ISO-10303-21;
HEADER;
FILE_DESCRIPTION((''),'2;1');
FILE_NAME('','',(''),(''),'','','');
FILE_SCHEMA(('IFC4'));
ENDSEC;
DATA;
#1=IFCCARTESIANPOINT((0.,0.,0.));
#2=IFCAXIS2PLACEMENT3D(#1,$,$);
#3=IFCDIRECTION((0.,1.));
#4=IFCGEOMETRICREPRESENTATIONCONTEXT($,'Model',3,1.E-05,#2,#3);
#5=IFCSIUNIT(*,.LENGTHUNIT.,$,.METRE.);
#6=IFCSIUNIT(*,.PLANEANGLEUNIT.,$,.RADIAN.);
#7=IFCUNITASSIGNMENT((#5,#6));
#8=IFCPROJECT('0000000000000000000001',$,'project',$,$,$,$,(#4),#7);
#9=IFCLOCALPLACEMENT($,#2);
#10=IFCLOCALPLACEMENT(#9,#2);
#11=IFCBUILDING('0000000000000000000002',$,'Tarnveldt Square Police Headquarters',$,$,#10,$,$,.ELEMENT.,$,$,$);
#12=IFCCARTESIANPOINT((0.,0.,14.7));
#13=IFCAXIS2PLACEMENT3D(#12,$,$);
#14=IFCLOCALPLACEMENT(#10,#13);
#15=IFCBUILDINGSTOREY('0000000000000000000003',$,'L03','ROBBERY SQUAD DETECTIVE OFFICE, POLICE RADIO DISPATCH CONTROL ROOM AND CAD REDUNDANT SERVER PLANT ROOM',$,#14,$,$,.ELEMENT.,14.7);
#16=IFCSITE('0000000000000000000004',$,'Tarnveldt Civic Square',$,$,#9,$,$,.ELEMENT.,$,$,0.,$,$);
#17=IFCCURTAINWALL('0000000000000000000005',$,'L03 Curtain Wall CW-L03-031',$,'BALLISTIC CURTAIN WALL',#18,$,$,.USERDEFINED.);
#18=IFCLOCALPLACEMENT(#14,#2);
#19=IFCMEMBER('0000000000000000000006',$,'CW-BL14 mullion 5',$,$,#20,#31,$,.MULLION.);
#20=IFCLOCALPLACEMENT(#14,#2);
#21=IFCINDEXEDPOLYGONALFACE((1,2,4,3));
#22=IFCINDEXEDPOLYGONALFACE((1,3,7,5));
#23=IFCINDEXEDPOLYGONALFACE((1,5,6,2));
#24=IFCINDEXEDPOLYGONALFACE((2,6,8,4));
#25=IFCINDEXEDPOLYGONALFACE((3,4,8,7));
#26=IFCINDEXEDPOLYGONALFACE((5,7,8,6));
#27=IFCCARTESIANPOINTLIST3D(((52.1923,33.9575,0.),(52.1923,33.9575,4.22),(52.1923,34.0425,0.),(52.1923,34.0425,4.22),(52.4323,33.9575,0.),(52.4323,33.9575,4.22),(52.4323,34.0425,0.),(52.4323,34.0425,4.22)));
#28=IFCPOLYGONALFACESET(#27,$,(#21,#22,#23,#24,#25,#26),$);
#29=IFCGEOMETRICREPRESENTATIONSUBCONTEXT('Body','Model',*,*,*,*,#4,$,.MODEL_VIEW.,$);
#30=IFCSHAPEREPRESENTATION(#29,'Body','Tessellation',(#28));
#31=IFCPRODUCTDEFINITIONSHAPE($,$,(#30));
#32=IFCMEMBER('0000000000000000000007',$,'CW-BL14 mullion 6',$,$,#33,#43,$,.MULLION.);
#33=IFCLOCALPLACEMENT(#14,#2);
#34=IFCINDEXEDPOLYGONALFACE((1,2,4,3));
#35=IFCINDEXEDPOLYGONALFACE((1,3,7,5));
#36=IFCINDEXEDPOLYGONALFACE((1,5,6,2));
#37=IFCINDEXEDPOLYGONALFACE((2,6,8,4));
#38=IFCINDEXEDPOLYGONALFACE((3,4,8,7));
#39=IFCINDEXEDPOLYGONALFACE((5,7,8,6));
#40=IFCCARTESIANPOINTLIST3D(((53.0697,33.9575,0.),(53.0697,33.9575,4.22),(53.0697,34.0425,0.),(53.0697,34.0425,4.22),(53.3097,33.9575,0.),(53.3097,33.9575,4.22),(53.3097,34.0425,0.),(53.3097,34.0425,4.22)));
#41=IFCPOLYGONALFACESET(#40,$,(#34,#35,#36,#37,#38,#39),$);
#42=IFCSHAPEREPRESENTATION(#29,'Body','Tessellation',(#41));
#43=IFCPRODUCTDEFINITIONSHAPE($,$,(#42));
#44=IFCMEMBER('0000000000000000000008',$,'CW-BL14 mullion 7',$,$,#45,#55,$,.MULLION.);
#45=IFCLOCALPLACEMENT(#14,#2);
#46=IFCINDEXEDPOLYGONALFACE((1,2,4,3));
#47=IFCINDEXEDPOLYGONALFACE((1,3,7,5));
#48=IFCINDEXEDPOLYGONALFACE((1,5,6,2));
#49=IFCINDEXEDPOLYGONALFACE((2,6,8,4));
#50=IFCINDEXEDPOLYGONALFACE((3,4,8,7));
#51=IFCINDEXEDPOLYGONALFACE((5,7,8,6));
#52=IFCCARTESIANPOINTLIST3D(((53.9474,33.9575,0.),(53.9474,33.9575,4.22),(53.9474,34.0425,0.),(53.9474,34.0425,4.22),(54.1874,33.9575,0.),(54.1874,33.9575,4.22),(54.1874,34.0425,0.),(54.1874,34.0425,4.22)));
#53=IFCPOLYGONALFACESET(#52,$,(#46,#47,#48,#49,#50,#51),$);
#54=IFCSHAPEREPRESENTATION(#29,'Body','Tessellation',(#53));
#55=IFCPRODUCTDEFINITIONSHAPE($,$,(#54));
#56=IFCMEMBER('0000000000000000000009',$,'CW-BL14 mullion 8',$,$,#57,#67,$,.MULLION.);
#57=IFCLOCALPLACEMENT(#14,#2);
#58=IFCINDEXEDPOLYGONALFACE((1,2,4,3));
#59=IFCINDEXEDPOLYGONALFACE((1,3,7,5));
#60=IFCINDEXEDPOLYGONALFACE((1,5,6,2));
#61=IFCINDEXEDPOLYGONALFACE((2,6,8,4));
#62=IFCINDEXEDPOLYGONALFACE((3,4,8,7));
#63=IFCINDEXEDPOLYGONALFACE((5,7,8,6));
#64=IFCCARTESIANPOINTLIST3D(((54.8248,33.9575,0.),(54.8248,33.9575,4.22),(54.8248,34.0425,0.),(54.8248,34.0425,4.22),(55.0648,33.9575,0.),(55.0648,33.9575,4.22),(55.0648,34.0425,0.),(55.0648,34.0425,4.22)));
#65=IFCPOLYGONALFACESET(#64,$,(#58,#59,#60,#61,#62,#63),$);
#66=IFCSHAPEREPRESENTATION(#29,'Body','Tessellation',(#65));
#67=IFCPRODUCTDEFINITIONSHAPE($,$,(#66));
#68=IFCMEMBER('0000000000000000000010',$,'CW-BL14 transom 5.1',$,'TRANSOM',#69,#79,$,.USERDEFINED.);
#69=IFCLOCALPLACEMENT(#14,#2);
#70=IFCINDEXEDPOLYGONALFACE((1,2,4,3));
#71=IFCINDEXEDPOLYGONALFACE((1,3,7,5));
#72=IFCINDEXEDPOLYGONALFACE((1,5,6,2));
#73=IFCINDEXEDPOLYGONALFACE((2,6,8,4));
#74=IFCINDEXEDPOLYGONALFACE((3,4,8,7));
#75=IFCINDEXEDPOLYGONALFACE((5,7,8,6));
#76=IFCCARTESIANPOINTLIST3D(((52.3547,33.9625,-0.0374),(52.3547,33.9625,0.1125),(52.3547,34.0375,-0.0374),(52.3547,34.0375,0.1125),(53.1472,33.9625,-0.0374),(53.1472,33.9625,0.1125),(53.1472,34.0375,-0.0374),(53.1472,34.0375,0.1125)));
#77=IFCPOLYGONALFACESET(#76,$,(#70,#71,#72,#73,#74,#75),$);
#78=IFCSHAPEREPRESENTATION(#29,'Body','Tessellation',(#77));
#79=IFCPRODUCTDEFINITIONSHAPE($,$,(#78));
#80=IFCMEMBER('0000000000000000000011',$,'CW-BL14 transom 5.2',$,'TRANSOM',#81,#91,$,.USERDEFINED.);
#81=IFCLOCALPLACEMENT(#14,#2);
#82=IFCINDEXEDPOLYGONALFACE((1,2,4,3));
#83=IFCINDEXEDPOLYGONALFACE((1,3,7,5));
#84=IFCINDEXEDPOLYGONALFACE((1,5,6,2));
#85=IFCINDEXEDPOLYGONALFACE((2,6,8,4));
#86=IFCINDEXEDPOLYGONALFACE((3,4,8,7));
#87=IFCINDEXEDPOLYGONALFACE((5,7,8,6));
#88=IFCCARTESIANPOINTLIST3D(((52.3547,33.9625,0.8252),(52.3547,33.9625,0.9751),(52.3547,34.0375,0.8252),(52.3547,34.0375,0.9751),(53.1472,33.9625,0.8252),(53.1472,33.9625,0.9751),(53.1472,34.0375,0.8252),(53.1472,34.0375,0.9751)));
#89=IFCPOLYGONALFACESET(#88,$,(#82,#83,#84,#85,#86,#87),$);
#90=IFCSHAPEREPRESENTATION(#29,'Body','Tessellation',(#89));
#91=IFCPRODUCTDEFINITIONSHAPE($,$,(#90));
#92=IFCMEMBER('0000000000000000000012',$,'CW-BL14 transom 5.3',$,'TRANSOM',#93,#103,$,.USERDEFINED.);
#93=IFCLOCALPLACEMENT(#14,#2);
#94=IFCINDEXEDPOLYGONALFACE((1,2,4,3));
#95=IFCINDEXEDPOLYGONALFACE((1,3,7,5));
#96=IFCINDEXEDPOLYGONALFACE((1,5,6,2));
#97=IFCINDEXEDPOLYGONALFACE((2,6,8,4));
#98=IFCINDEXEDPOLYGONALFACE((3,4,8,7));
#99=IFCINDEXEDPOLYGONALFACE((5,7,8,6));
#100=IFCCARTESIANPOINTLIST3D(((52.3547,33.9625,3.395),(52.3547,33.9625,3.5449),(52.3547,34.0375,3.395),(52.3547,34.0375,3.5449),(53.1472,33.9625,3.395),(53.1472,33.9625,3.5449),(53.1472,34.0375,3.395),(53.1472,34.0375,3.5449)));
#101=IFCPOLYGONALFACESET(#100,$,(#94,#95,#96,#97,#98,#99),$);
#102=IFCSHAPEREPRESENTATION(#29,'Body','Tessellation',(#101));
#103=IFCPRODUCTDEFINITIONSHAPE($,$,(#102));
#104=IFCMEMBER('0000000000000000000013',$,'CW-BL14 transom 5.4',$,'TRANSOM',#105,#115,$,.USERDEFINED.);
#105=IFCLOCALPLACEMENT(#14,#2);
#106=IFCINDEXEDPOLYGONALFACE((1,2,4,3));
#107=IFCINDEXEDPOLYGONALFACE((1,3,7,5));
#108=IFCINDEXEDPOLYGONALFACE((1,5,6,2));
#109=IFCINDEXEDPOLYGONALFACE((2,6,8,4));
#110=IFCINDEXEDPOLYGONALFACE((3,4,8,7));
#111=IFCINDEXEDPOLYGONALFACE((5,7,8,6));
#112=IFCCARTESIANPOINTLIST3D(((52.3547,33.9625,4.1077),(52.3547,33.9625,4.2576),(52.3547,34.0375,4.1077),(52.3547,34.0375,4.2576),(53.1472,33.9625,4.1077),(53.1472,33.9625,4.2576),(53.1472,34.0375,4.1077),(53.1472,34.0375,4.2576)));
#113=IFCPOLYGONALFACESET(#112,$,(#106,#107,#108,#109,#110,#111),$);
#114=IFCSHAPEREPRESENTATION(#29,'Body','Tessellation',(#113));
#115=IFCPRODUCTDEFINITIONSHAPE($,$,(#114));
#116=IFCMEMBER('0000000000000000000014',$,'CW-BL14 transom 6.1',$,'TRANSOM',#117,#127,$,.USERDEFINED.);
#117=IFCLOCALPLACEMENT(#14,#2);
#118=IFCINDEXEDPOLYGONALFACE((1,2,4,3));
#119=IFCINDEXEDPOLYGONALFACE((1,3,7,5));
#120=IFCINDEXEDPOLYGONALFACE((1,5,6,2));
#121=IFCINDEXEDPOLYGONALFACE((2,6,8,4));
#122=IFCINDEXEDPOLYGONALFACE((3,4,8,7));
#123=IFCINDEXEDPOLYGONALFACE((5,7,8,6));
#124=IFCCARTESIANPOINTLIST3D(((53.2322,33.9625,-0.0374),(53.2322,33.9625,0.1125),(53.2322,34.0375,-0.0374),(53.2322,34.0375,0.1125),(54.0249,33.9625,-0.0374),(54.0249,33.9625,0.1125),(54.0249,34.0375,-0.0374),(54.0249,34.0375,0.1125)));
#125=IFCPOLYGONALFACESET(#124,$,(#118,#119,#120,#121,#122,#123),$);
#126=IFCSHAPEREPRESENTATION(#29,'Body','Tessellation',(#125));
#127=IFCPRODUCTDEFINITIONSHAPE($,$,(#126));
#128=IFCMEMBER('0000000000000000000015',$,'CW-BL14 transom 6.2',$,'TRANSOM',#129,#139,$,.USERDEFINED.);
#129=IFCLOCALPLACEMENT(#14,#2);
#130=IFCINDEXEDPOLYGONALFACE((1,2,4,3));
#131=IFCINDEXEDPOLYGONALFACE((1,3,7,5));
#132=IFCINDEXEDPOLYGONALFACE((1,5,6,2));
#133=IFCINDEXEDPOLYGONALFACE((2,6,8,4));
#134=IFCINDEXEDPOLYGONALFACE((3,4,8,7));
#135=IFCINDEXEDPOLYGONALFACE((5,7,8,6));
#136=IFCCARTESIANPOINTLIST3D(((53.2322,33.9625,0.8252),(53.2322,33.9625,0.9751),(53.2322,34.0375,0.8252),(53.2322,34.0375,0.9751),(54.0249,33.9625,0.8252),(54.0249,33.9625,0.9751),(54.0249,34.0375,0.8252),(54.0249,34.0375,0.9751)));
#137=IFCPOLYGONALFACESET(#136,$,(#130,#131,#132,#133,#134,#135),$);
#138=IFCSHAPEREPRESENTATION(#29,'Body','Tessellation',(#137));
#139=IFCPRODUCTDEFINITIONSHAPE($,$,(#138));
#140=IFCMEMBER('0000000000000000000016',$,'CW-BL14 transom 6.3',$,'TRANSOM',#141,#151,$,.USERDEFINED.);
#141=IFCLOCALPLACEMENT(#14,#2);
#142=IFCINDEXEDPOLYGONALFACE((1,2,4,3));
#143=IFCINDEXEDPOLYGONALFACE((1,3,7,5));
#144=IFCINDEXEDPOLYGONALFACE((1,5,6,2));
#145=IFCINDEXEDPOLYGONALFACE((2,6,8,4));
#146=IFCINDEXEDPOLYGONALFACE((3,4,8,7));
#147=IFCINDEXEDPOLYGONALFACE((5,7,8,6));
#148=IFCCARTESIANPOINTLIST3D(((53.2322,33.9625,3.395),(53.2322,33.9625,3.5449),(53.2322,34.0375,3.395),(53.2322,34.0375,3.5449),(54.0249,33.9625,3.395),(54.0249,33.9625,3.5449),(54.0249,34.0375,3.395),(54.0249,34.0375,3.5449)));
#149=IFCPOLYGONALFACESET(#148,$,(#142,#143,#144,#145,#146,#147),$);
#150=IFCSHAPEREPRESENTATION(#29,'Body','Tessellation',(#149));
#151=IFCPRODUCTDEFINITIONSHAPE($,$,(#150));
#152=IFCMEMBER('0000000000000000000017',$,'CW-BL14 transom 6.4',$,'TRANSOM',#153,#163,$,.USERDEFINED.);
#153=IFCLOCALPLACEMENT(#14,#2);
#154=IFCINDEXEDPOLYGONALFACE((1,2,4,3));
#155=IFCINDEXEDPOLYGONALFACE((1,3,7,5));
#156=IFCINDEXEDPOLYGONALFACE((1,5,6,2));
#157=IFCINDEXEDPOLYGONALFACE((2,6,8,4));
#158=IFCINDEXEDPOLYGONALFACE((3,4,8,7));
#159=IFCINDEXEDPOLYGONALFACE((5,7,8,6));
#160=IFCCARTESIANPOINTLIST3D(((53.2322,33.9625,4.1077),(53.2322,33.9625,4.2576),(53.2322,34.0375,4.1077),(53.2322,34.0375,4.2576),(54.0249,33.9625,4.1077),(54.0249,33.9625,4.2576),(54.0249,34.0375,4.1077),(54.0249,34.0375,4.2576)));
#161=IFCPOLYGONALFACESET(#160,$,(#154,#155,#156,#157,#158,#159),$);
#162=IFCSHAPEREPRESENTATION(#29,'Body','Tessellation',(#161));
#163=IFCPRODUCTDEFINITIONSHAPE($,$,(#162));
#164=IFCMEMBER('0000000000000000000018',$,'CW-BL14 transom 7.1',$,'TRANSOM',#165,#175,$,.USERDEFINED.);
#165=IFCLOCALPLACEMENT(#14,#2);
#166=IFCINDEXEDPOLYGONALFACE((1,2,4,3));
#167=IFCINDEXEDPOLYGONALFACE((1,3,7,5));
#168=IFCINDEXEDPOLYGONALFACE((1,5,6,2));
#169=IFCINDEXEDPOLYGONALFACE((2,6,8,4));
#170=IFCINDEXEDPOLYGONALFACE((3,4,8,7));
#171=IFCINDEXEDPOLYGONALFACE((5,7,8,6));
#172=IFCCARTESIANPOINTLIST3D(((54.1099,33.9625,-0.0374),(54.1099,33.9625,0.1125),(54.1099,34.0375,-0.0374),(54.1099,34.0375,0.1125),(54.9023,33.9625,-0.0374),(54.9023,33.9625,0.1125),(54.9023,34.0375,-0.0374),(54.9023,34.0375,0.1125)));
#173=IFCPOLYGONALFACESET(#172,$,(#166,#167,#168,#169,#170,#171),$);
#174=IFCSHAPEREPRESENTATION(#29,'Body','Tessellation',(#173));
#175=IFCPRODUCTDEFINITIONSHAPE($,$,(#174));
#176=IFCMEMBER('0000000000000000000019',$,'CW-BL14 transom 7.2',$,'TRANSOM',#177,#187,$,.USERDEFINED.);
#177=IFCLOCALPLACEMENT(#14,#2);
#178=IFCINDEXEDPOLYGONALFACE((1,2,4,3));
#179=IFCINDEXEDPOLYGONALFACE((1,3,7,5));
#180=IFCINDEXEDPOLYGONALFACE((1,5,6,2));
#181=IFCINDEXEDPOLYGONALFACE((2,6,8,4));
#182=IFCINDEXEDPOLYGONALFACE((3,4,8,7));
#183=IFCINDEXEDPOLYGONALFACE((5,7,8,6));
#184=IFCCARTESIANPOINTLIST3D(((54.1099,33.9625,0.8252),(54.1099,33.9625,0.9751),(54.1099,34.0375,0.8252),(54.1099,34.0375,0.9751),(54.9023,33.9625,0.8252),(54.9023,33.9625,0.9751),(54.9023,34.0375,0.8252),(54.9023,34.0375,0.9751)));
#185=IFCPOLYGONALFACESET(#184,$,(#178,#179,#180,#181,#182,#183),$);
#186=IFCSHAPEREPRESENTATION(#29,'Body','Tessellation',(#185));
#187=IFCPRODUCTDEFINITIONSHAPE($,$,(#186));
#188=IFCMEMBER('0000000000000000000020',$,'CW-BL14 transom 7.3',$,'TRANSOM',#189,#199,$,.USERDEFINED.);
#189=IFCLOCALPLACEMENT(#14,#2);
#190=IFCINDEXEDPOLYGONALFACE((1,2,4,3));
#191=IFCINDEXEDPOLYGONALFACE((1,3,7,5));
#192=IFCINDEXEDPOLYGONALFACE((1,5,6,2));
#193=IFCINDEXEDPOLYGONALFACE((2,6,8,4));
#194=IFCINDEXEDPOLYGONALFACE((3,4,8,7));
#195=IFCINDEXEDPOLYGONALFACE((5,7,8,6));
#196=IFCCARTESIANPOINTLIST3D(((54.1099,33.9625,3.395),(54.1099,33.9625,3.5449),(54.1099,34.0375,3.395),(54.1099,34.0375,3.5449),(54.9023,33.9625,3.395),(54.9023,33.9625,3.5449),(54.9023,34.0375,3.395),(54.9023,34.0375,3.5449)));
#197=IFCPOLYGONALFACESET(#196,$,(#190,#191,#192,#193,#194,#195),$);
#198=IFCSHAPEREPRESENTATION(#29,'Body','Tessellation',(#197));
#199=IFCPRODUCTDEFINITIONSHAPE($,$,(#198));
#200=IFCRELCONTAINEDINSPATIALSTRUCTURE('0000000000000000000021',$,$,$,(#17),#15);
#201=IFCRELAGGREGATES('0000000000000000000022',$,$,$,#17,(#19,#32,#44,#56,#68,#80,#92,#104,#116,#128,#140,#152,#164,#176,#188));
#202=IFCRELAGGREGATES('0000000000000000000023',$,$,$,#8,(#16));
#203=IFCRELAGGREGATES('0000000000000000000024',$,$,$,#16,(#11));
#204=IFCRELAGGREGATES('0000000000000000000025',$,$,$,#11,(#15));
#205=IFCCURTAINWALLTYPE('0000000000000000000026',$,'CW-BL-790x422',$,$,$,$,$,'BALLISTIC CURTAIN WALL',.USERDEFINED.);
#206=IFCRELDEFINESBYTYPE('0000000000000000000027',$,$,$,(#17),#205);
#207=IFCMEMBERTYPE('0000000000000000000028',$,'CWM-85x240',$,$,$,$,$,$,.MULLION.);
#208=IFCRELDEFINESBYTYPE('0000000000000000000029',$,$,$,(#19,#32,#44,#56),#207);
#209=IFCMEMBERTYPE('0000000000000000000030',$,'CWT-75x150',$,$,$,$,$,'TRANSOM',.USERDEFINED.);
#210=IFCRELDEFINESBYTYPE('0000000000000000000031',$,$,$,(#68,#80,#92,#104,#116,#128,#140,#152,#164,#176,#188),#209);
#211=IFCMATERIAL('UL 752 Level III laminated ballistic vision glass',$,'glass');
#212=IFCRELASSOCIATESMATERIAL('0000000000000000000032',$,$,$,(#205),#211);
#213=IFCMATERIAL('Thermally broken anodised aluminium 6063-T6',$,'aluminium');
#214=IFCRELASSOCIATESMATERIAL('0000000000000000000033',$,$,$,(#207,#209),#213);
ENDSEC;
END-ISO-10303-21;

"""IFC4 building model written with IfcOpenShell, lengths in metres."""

from ifc_helpers import new_model, si_unit, direction, frame, origin, origin_2d, place, context, subcontext, project, spatial, rectangle, extrude, material, material_profile, profile_set, type_object, element, aggregate, save


model = new_model("IFC4")

# Units and contexts
model_context = context("Model", 3, precision=1e-05, world=origin(), true_north=direction((0.0, 1.0)))
body_context = subcontext(model_context, "Body", "Model", "MODEL_VIEW")
ifc_project = project(units=[si_unit("LENGTHUNIT", "METRE"), si_unit("PLANEANGLEUNIT", "RADIAN")], contexts=[model_context])

# Site, building, storey
site_placement = place(None, origin())
site = spatial("IfcSite", under=ifc_project, at=site_placement, Name="Tarnveldt Civic Square", CompositionType="ELEMENT", RefElevation=0.0)
building_placement = place(site_placement, origin())
building = spatial("IfcBuilding", under=site, at=building_placement, Name="Tarnveldt Square Police Headquarters", CompositionType="ELEMENT")
storey_placement = place(building_placement, frame((0.0, 0.0, 14.7)))
storey = spatial("IfcBuildingStorey", under=building, at=storey_placement, Name="L03", Description="ROBBERY SQUAD DETECTIVE OFFICE, POLICE RADIO DISPATCH CONTROL ROOM AND CAD REDUNDANT SERVER PLANT ROOM", CompositionType="ELEMENT", Elevation=14.7)

# Curtain wall, members
ifc_material_1 = material(Name="UL 752 Level III laminated ballistic vision glass", Category="glass")
curtain_wall_type = type_object("IfcCurtainWallType", Name="CW-BL-790x422", ElementType="BALLISTIC CURTAIN WALL", PredefinedType="USERDEFINED", material=ifc_material_1)
curtain_wall_placement = place(storey_placement, origin())
curtain_wall = element("IfcCurtainWall", 1, at=curtain_wall_placement, inside=storey, type_object=curtain_wall_type, Name="L03 Curtain Wall CW-L03-031", ObjectType="BALLISTIC CURTAIN WALL", PredefinedType="USERDEFINED")
ifc_material_2 = material(Name="Thermally broken anodised aluminium 6063-T6", Category="aluminium")
ifc_material_profile_1 = material_profile(ifc_material_2, rectangle(XDim=0.085, YDim=0.24, at=origin_2d()), Name="CW-M85x240")
ifc_profile_set_1 = profile_set([ifc_material_profile_1], Name="Thermally broken anodised aluminium 6063-T6")
member_type_1 = type_object("IfcMemberType", Name="CWM-85x240", PredefinedType="MULLION", material=ifc_profile_set_1)
member_1_placement = place(storey_placement, frame((52.3123, 34.0, 0.0), z_axis=(0.0, 0.0, 1.0), x_axis=(0.0, 1.0, 0.0)))
member_1 = element("IfcMember", 2, at=member_1_placement, type_object=member_type_1, Name="CW-BL14 mullion 5", PredefinedType="MULLION", context=body_context, shape_type="SweptSolid", body=[
    extrude(rectangle(XDim=0.085, YDim=0.24, at=origin_2d()), origin(), (0.0, 0.0, 1.0), 4.22),
])
member_2_placement = place(storey_placement, frame((53.1897, 34.0, 0.0), z_axis=(0.0, 0.0, 1.0), x_axis=(0.0, 1.0, 0.0)))
member_2 = element("IfcMember", 3, at=member_2_placement, type_object=member_type_1, Name="CW-BL14 mullion 6", PredefinedType="MULLION", context=body_context, shape_type="SweptSolid", body=[
    extrude(rectangle(XDim=0.085, YDim=0.24, at=origin_2d()), origin(), (0.0, 0.0, 1.0), 4.22),
])
member_3_placement = place(storey_placement, frame((54.0674, 34.0, 0.0), z_axis=(0.0, 0.0, 1.0), x_axis=(0.0, 1.0, 0.0)))
member_3 = element("IfcMember", 4, at=member_3_placement, type_object=member_type_1, Name="CW-BL14 mullion 7", PredefinedType="MULLION", context=body_context, shape_type="SweptSolid", body=[
    extrude(rectangle(XDim=0.085, YDim=0.24, at=origin_2d()), origin(), (0.0, 0.0, 1.0), 4.22),
])
member_4_placement = place(storey_placement, frame((54.9448, 34.0, 0.0), z_axis=(0.0, 0.0, 1.0), x_axis=(0.0, 1.0, 0.0)))
member_4 = element("IfcMember", 5, at=member_4_placement, type_object=member_type_1, Name="CW-BL14 mullion 8", PredefinedType="MULLION", context=body_context, shape_type="SweptSolid", body=[
    extrude(rectangle(XDim=0.085, YDim=0.24, at=origin_2d()), origin(), (0.0, 0.0, 1.0), 4.22),
])
ifc_material_profile_2 = material_profile(ifc_material_2, rectangle(XDim=0.075, YDim=0.1499, at=origin_2d()), Name="CW-T75x150")
ifc_profile_set_2 = profile_set([ifc_material_profile_2], Name="Thermally broken anodised aluminium 6063-T6")
member_type_2 = type_object("IfcMemberType", Name="CWT-75x150", ElementType="TRANSOM", PredefinedType="USERDEFINED", material=ifc_profile_set_2)
member_5_placement = place(storey_placement, frame((52.3547, 34.0, 0.0376), z_axis=(1.0, 0.0, 0.0), x_axis=(0.0, 1.0, 0.0)))
member_5 = element("IfcMember", 6, at=member_5_placement, type_object=member_type_2, Name="CW-BL14 transom 5.1", ObjectType="TRANSOM", PredefinedType="USERDEFINED", context=body_context, shape_type="SweptSolid", body=[
    extrude(rectangle(XDim=0.075, YDim=0.1499, at=origin_2d()), origin(), (0.0, 0.0, 1.0), 0.7925),
])
member_6_placement = place(storey_placement, frame((52.3547, 34.0, 0.9001), z_axis=(1.0, 0.0, 0.0), x_axis=(0.0, 1.0, 0.0)))
member_6 = element("IfcMember", 7, at=member_6_placement, type_object=member_type_2, Name="CW-BL14 transom 5.2", ObjectType="TRANSOM", PredefinedType="USERDEFINED", context=body_context, shape_type="SweptSolid", body=[
    extrude(rectangle(XDim=0.075, YDim=0.1499, at=origin_2d()), origin(), (0.0, 0.0, 1.0), 0.7925),
])
member_7_placement = place(storey_placement, frame((52.3547, 34.0, 3.47), z_axis=(1.0, 0.0, 0.0), x_axis=(0.0, 1.0, 0.0)))
member_7 = element("IfcMember", 8, at=member_7_placement, type_object=member_type_2, Name="CW-BL14 transom 5.3", ObjectType="TRANSOM", PredefinedType="USERDEFINED", context=body_context, shape_type="SweptSolid", body=[
    extrude(rectangle(XDim=0.075, YDim=0.1499, at=origin_2d()), origin(), (0.0, 0.0, 1.0), 0.7925),
])
member_8_placement = place(storey_placement, frame((52.3547, 34.0, 4.1826), z_axis=(1.0, 0.0, 0.0), x_axis=(0.0, 1.0, 0.0)))
member_8 = element("IfcMember", 9, at=member_8_placement, type_object=member_type_2, Name="CW-BL14 transom 5.4", ObjectType="TRANSOM", PredefinedType="USERDEFINED", context=body_context, shape_type="SweptSolid", body=[
    extrude(rectangle(XDim=0.075, YDim=0.1499, at=origin_2d()), origin(), (0.0, 0.0, 1.0), 0.7925),
])
member_9_placement = place(storey_placement, frame((53.2322, 34.0, 0.0376), z_axis=(1.0, 0.0, 0.0), x_axis=(0.0, 1.0, 0.0)))
member_9 = element("IfcMember", 10, at=member_9_placement, type_object=member_type_2, Name="CW-BL14 transom 6.1", ObjectType="TRANSOM", PredefinedType="USERDEFINED", context=body_context, shape_type="SweptSolid", body=[
    extrude(rectangle(XDim=0.075, YDim=0.1499, at=origin_2d()), origin(), (0.0, 0.0, 1.0), 0.7927),
])
member_10_placement = place(storey_placement, frame((53.2322, 34.0, 0.9001), z_axis=(1.0, 0.0, 0.0), x_axis=(0.0, 1.0, 0.0)))
member_10 = element("IfcMember", 11, at=member_10_placement, type_object=member_type_2, Name="CW-BL14 transom 6.2", ObjectType="TRANSOM", PredefinedType="USERDEFINED", context=body_context, shape_type="SweptSolid", body=[
    extrude(rectangle(XDim=0.075, YDim=0.1499, at=origin_2d()), origin(), (0.0, 0.0, 1.0), 0.7927),
])
member_11_placement = place(storey_placement, frame((53.2322, 34.0, 3.47), z_axis=(1.0, 0.0, 0.0), x_axis=(0.0, 1.0, 0.0)))
member_11 = element("IfcMember", 12, at=member_11_placement, type_object=member_type_2, Name="CW-BL14 transom 6.3", ObjectType="TRANSOM", PredefinedType="USERDEFINED", context=body_context, shape_type="SweptSolid", body=[
    extrude(rectangle(XDim=0.075, YDim=0.1499, at=origin_2d()), origin(), (0.0, 0.0, 1.0), 0.7927),
])
member_12_placement = place(storey_placement, frame((53.2322, 34.0, 4.1826), z_axis=(1.0, 0.0, 0.0), x_axis=(0.0, 1.0, 0.0)))
member_12 = element("IfcMember", 13, at=member_12_placement, type_object=member_type_2, Name="CW-BL14 transom 6.4", ObjectType="TRANSOM", PredefinedType="USERDEFINED", context=body_context, shape_type="SweptSolid", body=[
    extrude(rectangle(XDim=0.075, YDim=0.1499, at=origin_2d()), origin(), (0.0, 0.0, 1.0), 0.7927),
])
member_13_placement = place(storey_placement, frame((54.1099, 34.0, 0.0376), z_axis=(1.0, 0.0, 0.0), x_axis=(0.0, 1.0, 0.0)))
member_13 = element("IfcMember", 14, at=member_13_placement, type_object=member_type_2, Name="CW-BL14 transom 7.1", ObjectType="TRANSOM", PredefinedType="USERDEFINED", context=body_context, shape_type="SweptSolid", body=[
    extrude(rectangle(XDim=0.075, YDim=0.1499, at=origin_2d()), origin(), (0.0, 0.0, 1.0), 0.7925),
])
member_14_placement = place(storey_placement, frame((54.1099, 34.0, 0.9001), z_axis=(1.0, 0.0, 0.0), x_axis=(0.0, 1.0, 0.0)))
member_14 = element("IfcMember", 15, at=member_14_placement, type_object=member_type_2, Name="CW-BL14 transom 7.2", ObjectType="TRANSOM", PredefinedType="USERDEFINED", context=body_context, shape_type="SweptSolid", body=[
    extrude(rectangle(XDim=0.075, YDim=0.1499, at=origin_2d()), origin(), (0.0, 0.0, 1.0), 0.7925),
])
member_15_placement = place(storey_placement, frame((54.1099, 34.0, 3.47), z_axis=(1.0, 0.0, 0.0), x_axis=(0.0, 1.0, 0.0)))
member_15 = element("IfcMember", 16, at=member_15_placement, type_object=member_type_2, Name="CW-BL14 transom 7.3", ObjectType="TRANSOM", PredefinedType="USERDEFINED", context=body_context, shape_type="SweptSolid", body=[
    extrude(rectangle(XDim=0.075, YDim=0.1499, at=origin_2d()), origin(), (0.0, 0.0, 1.0), 0.7925),
])
aggregate(curtain_wall, [member_1, member_2, member_3, member_4, member_5, member_6, member_7, member_8, member_9, member_10, member_11, member_12, member_13, member_14, member_15])

save(model, "model.ifc")
